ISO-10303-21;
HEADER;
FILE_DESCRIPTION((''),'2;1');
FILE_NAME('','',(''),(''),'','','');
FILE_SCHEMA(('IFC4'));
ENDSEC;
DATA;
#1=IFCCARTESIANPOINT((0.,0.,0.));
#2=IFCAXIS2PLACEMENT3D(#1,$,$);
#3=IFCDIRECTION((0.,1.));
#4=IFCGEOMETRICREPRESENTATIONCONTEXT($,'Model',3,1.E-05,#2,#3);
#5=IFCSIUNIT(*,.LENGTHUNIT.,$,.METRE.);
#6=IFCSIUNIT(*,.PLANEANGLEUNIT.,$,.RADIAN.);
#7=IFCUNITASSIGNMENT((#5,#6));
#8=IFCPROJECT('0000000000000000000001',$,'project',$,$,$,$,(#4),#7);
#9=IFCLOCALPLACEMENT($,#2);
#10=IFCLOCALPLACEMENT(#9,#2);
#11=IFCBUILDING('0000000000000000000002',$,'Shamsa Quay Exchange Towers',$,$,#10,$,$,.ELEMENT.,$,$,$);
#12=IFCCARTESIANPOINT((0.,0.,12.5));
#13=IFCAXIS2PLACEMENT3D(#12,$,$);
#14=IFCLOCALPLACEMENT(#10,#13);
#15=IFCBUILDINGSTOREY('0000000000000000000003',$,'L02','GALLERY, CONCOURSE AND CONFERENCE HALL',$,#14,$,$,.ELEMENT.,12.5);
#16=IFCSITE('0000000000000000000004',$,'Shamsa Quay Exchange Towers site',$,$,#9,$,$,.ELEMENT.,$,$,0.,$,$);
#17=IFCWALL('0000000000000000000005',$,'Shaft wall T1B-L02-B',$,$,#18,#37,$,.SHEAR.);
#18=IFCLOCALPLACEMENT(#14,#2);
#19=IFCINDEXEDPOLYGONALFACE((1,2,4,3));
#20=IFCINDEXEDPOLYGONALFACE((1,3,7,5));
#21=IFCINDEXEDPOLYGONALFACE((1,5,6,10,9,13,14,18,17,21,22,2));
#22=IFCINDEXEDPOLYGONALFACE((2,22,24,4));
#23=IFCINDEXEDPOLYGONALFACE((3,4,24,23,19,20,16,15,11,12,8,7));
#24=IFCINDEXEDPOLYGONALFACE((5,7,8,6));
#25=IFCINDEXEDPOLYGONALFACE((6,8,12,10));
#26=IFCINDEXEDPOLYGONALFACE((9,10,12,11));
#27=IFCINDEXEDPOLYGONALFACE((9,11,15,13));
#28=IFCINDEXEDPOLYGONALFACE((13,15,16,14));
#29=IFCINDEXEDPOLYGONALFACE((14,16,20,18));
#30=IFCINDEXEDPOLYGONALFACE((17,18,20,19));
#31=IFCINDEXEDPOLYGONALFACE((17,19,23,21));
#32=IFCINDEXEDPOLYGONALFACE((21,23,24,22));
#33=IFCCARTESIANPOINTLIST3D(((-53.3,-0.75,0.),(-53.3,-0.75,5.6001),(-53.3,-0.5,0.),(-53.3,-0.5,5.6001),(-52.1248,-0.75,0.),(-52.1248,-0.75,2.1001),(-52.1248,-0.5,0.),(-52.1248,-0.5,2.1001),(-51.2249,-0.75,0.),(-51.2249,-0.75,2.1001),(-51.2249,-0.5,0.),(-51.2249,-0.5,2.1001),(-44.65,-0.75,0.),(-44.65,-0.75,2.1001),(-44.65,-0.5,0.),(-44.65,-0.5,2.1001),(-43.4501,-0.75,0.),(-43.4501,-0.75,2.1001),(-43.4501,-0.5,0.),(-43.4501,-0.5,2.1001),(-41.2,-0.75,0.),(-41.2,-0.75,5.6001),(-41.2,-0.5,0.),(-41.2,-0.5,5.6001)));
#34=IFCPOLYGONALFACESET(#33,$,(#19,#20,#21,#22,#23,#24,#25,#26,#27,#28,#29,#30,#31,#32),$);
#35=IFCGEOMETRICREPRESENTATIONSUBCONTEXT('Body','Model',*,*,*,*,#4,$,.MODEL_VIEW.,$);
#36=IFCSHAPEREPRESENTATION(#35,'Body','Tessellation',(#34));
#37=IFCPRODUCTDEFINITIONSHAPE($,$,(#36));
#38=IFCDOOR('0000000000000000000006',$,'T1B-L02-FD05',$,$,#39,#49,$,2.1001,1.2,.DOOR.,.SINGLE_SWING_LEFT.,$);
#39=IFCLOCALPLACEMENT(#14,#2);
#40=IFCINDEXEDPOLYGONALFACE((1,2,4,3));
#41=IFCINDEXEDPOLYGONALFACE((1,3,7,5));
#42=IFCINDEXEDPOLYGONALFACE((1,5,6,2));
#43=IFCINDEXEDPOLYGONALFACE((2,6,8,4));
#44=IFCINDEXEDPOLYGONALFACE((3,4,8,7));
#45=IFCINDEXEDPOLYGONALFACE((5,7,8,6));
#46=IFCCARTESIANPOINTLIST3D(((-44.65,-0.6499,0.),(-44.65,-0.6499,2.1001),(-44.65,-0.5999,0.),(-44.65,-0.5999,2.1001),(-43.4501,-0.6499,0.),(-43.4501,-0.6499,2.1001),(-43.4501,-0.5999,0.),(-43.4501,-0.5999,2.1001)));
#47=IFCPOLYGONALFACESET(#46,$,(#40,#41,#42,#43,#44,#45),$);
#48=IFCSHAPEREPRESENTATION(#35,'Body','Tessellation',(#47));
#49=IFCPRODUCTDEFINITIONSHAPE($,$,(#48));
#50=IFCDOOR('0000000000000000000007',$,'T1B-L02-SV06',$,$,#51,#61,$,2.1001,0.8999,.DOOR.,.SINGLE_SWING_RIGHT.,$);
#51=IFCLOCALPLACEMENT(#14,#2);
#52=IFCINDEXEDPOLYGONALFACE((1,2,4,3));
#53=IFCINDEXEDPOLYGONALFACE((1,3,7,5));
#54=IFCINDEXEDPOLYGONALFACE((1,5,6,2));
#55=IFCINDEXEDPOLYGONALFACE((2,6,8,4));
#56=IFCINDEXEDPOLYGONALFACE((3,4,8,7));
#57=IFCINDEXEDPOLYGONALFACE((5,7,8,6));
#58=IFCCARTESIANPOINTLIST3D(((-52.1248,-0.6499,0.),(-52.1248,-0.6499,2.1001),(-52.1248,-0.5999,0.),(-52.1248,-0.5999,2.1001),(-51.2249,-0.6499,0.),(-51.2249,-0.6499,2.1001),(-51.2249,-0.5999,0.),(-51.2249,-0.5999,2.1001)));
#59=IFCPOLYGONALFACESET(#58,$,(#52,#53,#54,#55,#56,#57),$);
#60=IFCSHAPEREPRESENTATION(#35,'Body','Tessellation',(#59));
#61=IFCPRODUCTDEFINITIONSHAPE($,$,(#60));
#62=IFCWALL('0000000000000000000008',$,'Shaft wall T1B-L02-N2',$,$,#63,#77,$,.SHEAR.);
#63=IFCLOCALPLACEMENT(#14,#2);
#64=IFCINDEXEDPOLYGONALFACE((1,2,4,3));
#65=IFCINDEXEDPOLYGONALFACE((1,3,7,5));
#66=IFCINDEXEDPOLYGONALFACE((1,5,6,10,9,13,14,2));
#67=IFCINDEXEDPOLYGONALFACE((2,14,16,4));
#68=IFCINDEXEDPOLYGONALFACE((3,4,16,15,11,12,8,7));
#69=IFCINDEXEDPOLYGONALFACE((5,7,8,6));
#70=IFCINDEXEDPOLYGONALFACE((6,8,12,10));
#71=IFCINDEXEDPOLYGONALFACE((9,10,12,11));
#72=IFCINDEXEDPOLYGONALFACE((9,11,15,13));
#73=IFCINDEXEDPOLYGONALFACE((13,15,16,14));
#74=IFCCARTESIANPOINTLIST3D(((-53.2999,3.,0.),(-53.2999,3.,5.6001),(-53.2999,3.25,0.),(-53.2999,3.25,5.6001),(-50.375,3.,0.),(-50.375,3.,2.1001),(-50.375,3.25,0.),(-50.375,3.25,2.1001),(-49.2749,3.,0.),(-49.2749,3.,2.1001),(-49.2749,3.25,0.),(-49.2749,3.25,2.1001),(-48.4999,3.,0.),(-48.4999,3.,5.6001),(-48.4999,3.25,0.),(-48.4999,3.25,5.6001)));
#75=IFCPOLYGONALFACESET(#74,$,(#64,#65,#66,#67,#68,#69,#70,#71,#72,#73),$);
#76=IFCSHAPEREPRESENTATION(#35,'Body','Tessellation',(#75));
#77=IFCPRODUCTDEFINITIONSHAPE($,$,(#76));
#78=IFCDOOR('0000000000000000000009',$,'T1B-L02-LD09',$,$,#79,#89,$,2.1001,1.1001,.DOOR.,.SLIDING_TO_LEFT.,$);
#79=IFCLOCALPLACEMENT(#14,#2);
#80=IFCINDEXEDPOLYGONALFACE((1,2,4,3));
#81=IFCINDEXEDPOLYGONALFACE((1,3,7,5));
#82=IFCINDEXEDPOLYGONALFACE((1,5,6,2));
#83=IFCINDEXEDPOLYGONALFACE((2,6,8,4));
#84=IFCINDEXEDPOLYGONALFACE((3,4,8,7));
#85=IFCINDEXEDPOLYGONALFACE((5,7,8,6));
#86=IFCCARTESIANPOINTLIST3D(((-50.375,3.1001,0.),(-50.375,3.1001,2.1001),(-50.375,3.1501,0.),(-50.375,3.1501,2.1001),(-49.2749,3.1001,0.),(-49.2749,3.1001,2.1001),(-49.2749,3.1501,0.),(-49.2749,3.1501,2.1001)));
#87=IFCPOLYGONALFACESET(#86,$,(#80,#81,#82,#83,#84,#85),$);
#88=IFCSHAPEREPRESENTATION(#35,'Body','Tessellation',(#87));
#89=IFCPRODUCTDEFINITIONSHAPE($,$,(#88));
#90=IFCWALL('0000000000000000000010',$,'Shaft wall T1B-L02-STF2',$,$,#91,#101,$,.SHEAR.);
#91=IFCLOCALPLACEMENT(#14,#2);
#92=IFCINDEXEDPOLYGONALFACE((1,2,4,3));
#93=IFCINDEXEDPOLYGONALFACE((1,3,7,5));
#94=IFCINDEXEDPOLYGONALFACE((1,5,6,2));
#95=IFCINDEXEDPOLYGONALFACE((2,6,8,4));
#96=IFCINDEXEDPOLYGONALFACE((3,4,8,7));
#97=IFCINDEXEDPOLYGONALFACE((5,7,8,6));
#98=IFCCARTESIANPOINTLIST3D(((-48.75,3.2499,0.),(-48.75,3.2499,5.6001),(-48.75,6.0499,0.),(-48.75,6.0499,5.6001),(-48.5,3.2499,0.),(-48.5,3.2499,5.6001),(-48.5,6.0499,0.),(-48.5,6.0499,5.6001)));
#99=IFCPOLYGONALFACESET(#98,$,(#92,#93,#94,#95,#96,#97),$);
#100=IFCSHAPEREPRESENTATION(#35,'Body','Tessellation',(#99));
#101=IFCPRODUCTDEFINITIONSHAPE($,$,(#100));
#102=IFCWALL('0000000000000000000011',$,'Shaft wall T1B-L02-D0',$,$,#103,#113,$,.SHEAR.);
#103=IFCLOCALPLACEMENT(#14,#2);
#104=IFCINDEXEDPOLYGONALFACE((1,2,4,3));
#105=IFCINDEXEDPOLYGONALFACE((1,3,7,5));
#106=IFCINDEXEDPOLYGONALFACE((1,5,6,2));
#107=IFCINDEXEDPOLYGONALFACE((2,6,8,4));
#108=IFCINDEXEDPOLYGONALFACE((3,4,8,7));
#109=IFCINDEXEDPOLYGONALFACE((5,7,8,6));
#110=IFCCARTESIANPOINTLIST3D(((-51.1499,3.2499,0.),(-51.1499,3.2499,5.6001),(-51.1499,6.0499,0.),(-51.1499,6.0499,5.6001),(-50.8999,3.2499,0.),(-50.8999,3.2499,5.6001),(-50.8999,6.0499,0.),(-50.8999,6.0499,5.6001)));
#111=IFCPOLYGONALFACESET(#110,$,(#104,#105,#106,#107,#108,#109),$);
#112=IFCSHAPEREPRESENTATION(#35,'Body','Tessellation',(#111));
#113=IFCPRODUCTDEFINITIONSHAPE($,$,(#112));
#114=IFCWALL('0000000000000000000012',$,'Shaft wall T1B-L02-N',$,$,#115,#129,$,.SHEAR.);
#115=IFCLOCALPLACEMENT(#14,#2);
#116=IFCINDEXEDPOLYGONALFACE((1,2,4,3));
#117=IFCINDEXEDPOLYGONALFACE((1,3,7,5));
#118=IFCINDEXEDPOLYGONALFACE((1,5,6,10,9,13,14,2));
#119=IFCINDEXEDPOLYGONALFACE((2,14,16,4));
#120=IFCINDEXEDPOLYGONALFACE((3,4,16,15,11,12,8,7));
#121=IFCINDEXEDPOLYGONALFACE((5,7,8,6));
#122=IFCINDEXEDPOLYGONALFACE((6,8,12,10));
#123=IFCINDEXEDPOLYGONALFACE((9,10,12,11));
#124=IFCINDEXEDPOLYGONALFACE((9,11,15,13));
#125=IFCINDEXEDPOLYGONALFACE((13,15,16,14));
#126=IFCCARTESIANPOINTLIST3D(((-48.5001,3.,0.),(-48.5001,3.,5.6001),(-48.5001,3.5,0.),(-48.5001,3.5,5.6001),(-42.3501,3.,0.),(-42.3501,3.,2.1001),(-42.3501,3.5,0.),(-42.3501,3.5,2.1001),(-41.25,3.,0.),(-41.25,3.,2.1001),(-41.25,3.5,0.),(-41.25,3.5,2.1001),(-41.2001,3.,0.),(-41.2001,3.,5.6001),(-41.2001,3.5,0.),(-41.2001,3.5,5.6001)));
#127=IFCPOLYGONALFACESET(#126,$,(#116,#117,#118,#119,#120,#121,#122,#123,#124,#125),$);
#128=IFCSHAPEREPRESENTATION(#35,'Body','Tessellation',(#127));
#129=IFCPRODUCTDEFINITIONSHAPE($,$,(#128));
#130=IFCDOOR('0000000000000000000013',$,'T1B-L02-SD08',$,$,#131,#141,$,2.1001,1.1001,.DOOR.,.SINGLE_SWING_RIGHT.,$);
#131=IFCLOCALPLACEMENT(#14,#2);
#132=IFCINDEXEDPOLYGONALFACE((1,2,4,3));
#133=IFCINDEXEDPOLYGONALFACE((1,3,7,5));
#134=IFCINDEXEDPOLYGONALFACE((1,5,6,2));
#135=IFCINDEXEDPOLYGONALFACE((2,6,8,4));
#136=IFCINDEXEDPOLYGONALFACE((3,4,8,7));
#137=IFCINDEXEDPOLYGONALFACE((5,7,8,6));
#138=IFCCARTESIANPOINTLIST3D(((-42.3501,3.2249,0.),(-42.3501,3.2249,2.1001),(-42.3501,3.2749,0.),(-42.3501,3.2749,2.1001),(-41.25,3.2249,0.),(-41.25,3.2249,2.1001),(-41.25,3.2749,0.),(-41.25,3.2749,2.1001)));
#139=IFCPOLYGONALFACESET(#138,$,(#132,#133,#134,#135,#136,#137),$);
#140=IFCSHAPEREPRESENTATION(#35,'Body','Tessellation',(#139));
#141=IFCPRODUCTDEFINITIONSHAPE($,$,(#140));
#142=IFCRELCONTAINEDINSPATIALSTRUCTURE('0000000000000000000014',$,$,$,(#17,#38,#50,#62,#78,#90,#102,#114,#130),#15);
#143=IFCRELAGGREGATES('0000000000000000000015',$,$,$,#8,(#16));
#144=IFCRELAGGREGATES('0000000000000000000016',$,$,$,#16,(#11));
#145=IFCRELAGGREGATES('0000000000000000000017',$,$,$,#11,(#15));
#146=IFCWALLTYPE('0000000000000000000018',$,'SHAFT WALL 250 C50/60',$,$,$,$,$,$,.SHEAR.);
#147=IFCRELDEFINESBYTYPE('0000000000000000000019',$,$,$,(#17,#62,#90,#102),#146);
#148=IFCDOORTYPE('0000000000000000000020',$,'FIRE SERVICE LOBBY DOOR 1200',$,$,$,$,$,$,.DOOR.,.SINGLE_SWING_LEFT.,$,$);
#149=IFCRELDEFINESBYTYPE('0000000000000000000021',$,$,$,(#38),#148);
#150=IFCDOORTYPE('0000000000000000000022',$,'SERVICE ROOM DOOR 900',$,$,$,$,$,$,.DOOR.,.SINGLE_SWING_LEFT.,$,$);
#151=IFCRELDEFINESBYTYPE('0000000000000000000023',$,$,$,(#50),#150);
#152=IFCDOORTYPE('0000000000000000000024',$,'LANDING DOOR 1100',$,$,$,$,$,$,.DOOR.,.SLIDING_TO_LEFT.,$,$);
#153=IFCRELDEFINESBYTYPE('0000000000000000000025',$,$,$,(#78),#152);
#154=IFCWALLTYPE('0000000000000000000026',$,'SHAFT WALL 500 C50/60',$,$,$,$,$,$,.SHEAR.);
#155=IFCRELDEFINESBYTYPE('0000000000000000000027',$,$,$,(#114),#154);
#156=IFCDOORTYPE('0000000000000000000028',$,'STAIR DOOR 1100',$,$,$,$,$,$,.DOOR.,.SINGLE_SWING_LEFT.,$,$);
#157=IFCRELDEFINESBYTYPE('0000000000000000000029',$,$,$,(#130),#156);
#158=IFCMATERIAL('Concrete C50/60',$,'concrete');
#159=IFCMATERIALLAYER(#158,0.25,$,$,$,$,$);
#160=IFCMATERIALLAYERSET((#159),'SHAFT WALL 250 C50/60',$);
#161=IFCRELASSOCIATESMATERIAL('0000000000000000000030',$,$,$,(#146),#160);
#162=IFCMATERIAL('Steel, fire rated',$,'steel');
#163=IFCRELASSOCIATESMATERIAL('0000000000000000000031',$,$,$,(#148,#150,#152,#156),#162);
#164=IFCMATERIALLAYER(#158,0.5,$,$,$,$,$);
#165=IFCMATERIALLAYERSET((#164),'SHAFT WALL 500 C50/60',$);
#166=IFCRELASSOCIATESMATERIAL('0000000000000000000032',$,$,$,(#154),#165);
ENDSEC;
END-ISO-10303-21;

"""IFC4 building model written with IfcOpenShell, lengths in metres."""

from ifc_helpers import new_model, si_unit, direction, frame, frame_2d, origin, place, context, subcontext, project, spatial, rectangle, extrude, material, layer, layer_set, type_object, element, fill, save


model = new_model("IFC4")

# Units and contexts
model_context = context("Model", 3, precision=1e-05, world=origin(), true_north=direction((0.0, 1.0)))
body_context = subcontext(model_context, "Body", "Model", "MODEL_VIEW")
ifc_project = project(units=[si_unit("LENGTHUNIT", "METRE"), si_unit("PLANEANGLEUNIT", "RADIAN")], contexts=[model_context])

# Site, building, storey
site_placement = place(None, origin())
site = spatial("IfcSite", under=ifc_project, at=site_placement, Name="Shamsa Quay Exchange Towers site", CompositionType="ELEMENT", RefElevation=0.0)
building_placement = place(site_placement, origin())
building = spatial("IfcBuilding", under=site, at=building_placement, Name="Shamsa Quay Exchange Towers", CompositionType="ELEMENT")
storey_placement = place(building_placement, frame((0.0, 0.0, 12.5)))
storey = spatial("IfcBuildingStorey", under=building, at=storey_placement, Name="L02", Description="GALLERY, CONCOURSE AND CONFERENCE HALL", CompositionType="ELEMENT", Elevation=12.5)

# Wall, openings, doors
ifc_material_1 = material(Name="Concrete C50/60", Category="concrete")
ifc_layer_1 = layer(ifc_material_1, 0.25)
ifc_layer_set_1 = layer_set([ifc_layer_1], Name="SHAFT WALL 250 C50/60")
wall_type_1 = type_object("IfcWallType", Name="SHAFT WALL 250 C50/60", PredefinedType="SHEAR", material=ifc_layer_set_1)
wall_1_placement = place(storey_placement, frame((-41.2, -0.625, 0.0), z_axis=(0.0, 0.0, 1.0), x_axis=(-1.0, 0.0, 0.0)))
wall_1 = element("IfcWall", 1, at=wall_1_placement, inside=storey, type_object=wall_type_1, Name="Shaft wall T1B-L02-B", PredefinedType="SHEAR", context=body_context, shape_type="SweptSolid", body=[
    extrude(rectangle(XDim=12.1001, YDim=0.25, at=frame_2d((6.05, 0.0))), origin(), (0.0, 0.0, 1.0), 5.6001),
])
opening_1_placement = place(wall_1_placement, frame((2.25, 0.0, 0.0)))
opening_1 = element("IfcOpeningElement", 2, at=opening_1_placement, cuts=wall_1, PredefinedType="OPENING", context=body_context, shape_type="SweptSolid", body=[
    extrude(rectangle(XDim=1.2, YDim=2.1001, at=frame_2d((0.6001, 1.05))), frame((0.0, 0.135, 0.0), z_axis=(0.0, -1.0, 0.0), x_axis=(1.0, 0.0, 0.0)), (0.0, 0.0, 1.0), 0.27),
])
opening_2_placement = place(wall_1_placement, frame((10.0249, 0.0, 0.0)))
opening_2 = element("IfcOpeningElement", 3, at=opening_2_placement, cuts=wall_1, PredefinedType="OPENING", context=body_context, shape_type="SweptSolid", body=[
    extrude(rectangle(XDim=0.8999, YDim=2.1001, at=frame_2d((0.45, 1.05))), frame((0.0, 0.135, 0.0), z_axis=(0.0, -1.0, 0.0), x_axis=(1.0, 0.0, 0.0)), (0.0, 0.0, 1.0), 0.27),
])
ifc_material_2 = material(Name="Steel, fire rated", Category="steel")
door_type_1 = type_object("IfcDoorType", Name="FIRE SERVICE LOBBY DOOR 1200", OperationType="SINGLE_SWING_LEFT", PredefinedType="DOOR", material=ifc_material_2)
door_1_placement = place(opening_1_placement, origin())
door_1 = element("IfcDoor", 4, at=door_1_placement, inside=storey, type_object=door_type_1, Name="T1B-L02-FD05", OperationType="SINGLE_SWING_LEFT", OverallHeight=2.1001, OverallWidth=1.2, PredefinedType="DOOR", context=body_context, shape_type="SweptSolid", body=[
    extrude(rectangle(XDim=1.2, YDim=2.1001, at=frame_2d((0.6001, 1.05))), frame((0.0, 0.0249, 0.0), z_axis=(0.0, -1.0, 0.0), x_axis=(1.0, 0.0, 0.0)), (0.0, 0.0, 1.0), 0.05),
])
fill(opening_1, door_1)
door_type_2 = type_object("IfcDoorType", Name="SERVICE ROOM DOOR 900", OperationType="SINGLE_SWING_LEFT", PredefinedType="DOOR", material=ifc_material_2)
door_2_placement = place(opening_2_placement, origin())
door_2 = element("IfcDoor", 5, at=door_2_placement, inside=storey, type_object=door_type_2, Name="T1B-L02-SV06", OperationType="SINGLE_SWING_RIGHT", OverallHeight=2.1001, OverallWidth=0.8999, PredefinedType="DOOR", context=body_context, shape_type="SweptSolid", body=[
    extrude(rectangle(XDim=0.8999, YDim=2.1001, at=frame_2d((0.45, 1.05))), frame((0.0, 0.0249, 0.0), z_axis=(0.0, -1.0, 0.0), x_axis=(1.0, 0.0, 0.0)), (0.0, 0.0, 1.0), 0.05),
])
fill(opening_2, door_2)

# Wall, opening, door
wall_2_placement = place(storey_placement, frame((-48.5, 3.125, 0.0), z_axis=(0.0, 0.0, 1.0), x_axis=(-1.0, 0.0, 0.0)))
wall_2 = element("IfcWall", 6, at=wall_2_placement, inside=storey, type_object=wall_type_1, Name="Shaft wall T1B-L02-N2", PredefinedType="SHEAR", context=body_context, shape_type="SweptSolid", body=[
    extrude(rectangle(XDim=4.8, YDim=0.25, at=frame_2d((2.3999, 0.0))), origin(), (0.0, 0.0, 1.0), 5.6001),
])
opening_3_placement = place(wall_2_placement, frame((0.7749, 0.0, 0.0)))
opening_3 = element("IfcOpeningElement", 7, at=opening_3_placement, cuts=wall_2, PredefinedType="OPENING", context=body_context, shape_type="SweptSolid", body=[
    extrude(rectangle(XDim=1.1001, YDim=2.1001, at=frame_2d((0.55, 1.05))), frame((0.0, 0.135, 0.0), z_axis=(0.0, -1.0, 0.0), x_axis=(1.0, 0.0, 0.0)), (0.0, 0.0, 1.0), 0.27),
])
door_type_3 = type_object("IfcDoorType", Name="LANDING DOOR 1100", OperationType="SLIDING_TO_LEFT", PredefinedType="DOOR", material=ifc_material_2)
door_3_placement = place(opening_3_placement, origin())
door_3 = element("IfcDoor", 8, at=door_3_placement, inside=storey, type_object=door_type_3, Name="T1B-L02-LD09", OperationType="SLIDING_TO_LEFT", OverallHeight=2.1001, OverallWidth=1.1001, PredefinedType="DOOR", context=body_context, shape_type="SweptSolid", body=[
    extrude(rectangle(XDim=1.1001, YDim=2.1001, at=frame_2d((0.55, 1.05))), frame((0.0, 0.0249, 0.0), z_axis=(0.0, -1.0, 0.0), x_axis=(1.0, 0.0, 0.0)), (0.0, 0.0, 1.0), 0.05),
])
fill(opening_3, door_3)

# Walls
for number, where, z_axis, x_axis, name in (
    (9, (-48.625, 3.25, 0.0), (0.0, 0.0, 1.0), (0.0, 1.0, 0.0), "Shaft wall T1B-L02-STF2"),
    (10, (-51.0249, 3.25, 0.0), (0.0, 0.0, 1.0), (0.0, 1.0, 0.0), "Shaft wall T1B-L02-D0"),
):
    element("IfcWall", number, at=place(storey_placement, frame(where, z_axis=z_axis, x_axis=x_axis)), inside=storey, type_object=wall_type_1, Name=name, PredefinedType="SHEAR", context=body_context, shape_type="SweptSolid", body=[
        extrude(rectangle(XDim=2.8, YDim=0.25, at=frame_2d((1.3999, 0.0))), origin(), (0.0, 0.0, 1.0), 5.6001),
    ])

# Wall, opening, door
ifc_layer_2 = layer(ifc_material_1, 0.5)
ifc_layer_set_2 = layer_set([ifc_layer_2], Name="SHAFT WALL 500 C50/60")
wall_type_2 = type_object("IfcWallType", Name="SHAFT WALL 500 C50/60", PredefinedType="SHEAR", material=ifc_layer_set_2)
wall_3_placement = place(storey_placement, frame((-48.5, 3.25, 0.0)))
wall_3 = element("IfcWall", 11, at=wall_3_placement, inside=storey, type_object=wall_type_2, Name="Shaft wall T1B-L02-N", PredefinedType="SHEAR", context=body_context, shape_type="SweptSolid", body=[
    extrude(rectangle(XDim=7.3, YDim=0.5, at=frame_2d((3.6499, 0.0))), origin(), (0.0, 0.0, 1.0), 5.6001),
])
opening_4_placement = place(wall_3_placement, frame((6.1499, 0.0, 0.0)))
opening_4 = element("IfcOpeningElement", 12, at=opening_4_placement, cuts=wall_3, PredefinedType="OPENING", context=body_context, shape_type="SweptSolid", body=[
    extrude(rectangle(XDim=1.1001, YDim=2.1001, at=frame_2d((0.55, 1.05))), frame((0.0, 0.26, 0.0), z_axis=(0.0, -1.0, 0.0), x_axis=(1.0, 0.0, 0.0)), (0.0, 0.0, 1.0), 0.52),
])
door_type_4 = type_object("IfcDoorType", Name="STAIR DOOR 1100", OperationType="SINGLE_SWING_LEFT", PredefinedType="DOOR", material=ifc_material_2)
door_4_placement = place(opening_4_placement, origin())
door_4 = element("IfcDoor", 13, at=door_4_placement, inside=storey, type_object=door_type_4, Name="T1B-L02-SD08", OperationType="SINGLE_SWING_RIGHT", OverallHeight=2.1001, OverallWidth=1.1001, PredefinedType="DOOR", context=body_context, shape_type="SweptSolid", body=[
    extrude(rectangle(XDim=1.1001, YDim=2.1001, at=frame_2d((0.55, 1.05))), frame((0.0, 0.0249, 0.0), z_axis=(0.0, -1.0, 0.0), x_axis=(1.0, 0.0, 0.0)), (0.0, 0.0, 1.0), 0.05),
])
fill(opening_4, door_4)

save(model, "model.ifc")
